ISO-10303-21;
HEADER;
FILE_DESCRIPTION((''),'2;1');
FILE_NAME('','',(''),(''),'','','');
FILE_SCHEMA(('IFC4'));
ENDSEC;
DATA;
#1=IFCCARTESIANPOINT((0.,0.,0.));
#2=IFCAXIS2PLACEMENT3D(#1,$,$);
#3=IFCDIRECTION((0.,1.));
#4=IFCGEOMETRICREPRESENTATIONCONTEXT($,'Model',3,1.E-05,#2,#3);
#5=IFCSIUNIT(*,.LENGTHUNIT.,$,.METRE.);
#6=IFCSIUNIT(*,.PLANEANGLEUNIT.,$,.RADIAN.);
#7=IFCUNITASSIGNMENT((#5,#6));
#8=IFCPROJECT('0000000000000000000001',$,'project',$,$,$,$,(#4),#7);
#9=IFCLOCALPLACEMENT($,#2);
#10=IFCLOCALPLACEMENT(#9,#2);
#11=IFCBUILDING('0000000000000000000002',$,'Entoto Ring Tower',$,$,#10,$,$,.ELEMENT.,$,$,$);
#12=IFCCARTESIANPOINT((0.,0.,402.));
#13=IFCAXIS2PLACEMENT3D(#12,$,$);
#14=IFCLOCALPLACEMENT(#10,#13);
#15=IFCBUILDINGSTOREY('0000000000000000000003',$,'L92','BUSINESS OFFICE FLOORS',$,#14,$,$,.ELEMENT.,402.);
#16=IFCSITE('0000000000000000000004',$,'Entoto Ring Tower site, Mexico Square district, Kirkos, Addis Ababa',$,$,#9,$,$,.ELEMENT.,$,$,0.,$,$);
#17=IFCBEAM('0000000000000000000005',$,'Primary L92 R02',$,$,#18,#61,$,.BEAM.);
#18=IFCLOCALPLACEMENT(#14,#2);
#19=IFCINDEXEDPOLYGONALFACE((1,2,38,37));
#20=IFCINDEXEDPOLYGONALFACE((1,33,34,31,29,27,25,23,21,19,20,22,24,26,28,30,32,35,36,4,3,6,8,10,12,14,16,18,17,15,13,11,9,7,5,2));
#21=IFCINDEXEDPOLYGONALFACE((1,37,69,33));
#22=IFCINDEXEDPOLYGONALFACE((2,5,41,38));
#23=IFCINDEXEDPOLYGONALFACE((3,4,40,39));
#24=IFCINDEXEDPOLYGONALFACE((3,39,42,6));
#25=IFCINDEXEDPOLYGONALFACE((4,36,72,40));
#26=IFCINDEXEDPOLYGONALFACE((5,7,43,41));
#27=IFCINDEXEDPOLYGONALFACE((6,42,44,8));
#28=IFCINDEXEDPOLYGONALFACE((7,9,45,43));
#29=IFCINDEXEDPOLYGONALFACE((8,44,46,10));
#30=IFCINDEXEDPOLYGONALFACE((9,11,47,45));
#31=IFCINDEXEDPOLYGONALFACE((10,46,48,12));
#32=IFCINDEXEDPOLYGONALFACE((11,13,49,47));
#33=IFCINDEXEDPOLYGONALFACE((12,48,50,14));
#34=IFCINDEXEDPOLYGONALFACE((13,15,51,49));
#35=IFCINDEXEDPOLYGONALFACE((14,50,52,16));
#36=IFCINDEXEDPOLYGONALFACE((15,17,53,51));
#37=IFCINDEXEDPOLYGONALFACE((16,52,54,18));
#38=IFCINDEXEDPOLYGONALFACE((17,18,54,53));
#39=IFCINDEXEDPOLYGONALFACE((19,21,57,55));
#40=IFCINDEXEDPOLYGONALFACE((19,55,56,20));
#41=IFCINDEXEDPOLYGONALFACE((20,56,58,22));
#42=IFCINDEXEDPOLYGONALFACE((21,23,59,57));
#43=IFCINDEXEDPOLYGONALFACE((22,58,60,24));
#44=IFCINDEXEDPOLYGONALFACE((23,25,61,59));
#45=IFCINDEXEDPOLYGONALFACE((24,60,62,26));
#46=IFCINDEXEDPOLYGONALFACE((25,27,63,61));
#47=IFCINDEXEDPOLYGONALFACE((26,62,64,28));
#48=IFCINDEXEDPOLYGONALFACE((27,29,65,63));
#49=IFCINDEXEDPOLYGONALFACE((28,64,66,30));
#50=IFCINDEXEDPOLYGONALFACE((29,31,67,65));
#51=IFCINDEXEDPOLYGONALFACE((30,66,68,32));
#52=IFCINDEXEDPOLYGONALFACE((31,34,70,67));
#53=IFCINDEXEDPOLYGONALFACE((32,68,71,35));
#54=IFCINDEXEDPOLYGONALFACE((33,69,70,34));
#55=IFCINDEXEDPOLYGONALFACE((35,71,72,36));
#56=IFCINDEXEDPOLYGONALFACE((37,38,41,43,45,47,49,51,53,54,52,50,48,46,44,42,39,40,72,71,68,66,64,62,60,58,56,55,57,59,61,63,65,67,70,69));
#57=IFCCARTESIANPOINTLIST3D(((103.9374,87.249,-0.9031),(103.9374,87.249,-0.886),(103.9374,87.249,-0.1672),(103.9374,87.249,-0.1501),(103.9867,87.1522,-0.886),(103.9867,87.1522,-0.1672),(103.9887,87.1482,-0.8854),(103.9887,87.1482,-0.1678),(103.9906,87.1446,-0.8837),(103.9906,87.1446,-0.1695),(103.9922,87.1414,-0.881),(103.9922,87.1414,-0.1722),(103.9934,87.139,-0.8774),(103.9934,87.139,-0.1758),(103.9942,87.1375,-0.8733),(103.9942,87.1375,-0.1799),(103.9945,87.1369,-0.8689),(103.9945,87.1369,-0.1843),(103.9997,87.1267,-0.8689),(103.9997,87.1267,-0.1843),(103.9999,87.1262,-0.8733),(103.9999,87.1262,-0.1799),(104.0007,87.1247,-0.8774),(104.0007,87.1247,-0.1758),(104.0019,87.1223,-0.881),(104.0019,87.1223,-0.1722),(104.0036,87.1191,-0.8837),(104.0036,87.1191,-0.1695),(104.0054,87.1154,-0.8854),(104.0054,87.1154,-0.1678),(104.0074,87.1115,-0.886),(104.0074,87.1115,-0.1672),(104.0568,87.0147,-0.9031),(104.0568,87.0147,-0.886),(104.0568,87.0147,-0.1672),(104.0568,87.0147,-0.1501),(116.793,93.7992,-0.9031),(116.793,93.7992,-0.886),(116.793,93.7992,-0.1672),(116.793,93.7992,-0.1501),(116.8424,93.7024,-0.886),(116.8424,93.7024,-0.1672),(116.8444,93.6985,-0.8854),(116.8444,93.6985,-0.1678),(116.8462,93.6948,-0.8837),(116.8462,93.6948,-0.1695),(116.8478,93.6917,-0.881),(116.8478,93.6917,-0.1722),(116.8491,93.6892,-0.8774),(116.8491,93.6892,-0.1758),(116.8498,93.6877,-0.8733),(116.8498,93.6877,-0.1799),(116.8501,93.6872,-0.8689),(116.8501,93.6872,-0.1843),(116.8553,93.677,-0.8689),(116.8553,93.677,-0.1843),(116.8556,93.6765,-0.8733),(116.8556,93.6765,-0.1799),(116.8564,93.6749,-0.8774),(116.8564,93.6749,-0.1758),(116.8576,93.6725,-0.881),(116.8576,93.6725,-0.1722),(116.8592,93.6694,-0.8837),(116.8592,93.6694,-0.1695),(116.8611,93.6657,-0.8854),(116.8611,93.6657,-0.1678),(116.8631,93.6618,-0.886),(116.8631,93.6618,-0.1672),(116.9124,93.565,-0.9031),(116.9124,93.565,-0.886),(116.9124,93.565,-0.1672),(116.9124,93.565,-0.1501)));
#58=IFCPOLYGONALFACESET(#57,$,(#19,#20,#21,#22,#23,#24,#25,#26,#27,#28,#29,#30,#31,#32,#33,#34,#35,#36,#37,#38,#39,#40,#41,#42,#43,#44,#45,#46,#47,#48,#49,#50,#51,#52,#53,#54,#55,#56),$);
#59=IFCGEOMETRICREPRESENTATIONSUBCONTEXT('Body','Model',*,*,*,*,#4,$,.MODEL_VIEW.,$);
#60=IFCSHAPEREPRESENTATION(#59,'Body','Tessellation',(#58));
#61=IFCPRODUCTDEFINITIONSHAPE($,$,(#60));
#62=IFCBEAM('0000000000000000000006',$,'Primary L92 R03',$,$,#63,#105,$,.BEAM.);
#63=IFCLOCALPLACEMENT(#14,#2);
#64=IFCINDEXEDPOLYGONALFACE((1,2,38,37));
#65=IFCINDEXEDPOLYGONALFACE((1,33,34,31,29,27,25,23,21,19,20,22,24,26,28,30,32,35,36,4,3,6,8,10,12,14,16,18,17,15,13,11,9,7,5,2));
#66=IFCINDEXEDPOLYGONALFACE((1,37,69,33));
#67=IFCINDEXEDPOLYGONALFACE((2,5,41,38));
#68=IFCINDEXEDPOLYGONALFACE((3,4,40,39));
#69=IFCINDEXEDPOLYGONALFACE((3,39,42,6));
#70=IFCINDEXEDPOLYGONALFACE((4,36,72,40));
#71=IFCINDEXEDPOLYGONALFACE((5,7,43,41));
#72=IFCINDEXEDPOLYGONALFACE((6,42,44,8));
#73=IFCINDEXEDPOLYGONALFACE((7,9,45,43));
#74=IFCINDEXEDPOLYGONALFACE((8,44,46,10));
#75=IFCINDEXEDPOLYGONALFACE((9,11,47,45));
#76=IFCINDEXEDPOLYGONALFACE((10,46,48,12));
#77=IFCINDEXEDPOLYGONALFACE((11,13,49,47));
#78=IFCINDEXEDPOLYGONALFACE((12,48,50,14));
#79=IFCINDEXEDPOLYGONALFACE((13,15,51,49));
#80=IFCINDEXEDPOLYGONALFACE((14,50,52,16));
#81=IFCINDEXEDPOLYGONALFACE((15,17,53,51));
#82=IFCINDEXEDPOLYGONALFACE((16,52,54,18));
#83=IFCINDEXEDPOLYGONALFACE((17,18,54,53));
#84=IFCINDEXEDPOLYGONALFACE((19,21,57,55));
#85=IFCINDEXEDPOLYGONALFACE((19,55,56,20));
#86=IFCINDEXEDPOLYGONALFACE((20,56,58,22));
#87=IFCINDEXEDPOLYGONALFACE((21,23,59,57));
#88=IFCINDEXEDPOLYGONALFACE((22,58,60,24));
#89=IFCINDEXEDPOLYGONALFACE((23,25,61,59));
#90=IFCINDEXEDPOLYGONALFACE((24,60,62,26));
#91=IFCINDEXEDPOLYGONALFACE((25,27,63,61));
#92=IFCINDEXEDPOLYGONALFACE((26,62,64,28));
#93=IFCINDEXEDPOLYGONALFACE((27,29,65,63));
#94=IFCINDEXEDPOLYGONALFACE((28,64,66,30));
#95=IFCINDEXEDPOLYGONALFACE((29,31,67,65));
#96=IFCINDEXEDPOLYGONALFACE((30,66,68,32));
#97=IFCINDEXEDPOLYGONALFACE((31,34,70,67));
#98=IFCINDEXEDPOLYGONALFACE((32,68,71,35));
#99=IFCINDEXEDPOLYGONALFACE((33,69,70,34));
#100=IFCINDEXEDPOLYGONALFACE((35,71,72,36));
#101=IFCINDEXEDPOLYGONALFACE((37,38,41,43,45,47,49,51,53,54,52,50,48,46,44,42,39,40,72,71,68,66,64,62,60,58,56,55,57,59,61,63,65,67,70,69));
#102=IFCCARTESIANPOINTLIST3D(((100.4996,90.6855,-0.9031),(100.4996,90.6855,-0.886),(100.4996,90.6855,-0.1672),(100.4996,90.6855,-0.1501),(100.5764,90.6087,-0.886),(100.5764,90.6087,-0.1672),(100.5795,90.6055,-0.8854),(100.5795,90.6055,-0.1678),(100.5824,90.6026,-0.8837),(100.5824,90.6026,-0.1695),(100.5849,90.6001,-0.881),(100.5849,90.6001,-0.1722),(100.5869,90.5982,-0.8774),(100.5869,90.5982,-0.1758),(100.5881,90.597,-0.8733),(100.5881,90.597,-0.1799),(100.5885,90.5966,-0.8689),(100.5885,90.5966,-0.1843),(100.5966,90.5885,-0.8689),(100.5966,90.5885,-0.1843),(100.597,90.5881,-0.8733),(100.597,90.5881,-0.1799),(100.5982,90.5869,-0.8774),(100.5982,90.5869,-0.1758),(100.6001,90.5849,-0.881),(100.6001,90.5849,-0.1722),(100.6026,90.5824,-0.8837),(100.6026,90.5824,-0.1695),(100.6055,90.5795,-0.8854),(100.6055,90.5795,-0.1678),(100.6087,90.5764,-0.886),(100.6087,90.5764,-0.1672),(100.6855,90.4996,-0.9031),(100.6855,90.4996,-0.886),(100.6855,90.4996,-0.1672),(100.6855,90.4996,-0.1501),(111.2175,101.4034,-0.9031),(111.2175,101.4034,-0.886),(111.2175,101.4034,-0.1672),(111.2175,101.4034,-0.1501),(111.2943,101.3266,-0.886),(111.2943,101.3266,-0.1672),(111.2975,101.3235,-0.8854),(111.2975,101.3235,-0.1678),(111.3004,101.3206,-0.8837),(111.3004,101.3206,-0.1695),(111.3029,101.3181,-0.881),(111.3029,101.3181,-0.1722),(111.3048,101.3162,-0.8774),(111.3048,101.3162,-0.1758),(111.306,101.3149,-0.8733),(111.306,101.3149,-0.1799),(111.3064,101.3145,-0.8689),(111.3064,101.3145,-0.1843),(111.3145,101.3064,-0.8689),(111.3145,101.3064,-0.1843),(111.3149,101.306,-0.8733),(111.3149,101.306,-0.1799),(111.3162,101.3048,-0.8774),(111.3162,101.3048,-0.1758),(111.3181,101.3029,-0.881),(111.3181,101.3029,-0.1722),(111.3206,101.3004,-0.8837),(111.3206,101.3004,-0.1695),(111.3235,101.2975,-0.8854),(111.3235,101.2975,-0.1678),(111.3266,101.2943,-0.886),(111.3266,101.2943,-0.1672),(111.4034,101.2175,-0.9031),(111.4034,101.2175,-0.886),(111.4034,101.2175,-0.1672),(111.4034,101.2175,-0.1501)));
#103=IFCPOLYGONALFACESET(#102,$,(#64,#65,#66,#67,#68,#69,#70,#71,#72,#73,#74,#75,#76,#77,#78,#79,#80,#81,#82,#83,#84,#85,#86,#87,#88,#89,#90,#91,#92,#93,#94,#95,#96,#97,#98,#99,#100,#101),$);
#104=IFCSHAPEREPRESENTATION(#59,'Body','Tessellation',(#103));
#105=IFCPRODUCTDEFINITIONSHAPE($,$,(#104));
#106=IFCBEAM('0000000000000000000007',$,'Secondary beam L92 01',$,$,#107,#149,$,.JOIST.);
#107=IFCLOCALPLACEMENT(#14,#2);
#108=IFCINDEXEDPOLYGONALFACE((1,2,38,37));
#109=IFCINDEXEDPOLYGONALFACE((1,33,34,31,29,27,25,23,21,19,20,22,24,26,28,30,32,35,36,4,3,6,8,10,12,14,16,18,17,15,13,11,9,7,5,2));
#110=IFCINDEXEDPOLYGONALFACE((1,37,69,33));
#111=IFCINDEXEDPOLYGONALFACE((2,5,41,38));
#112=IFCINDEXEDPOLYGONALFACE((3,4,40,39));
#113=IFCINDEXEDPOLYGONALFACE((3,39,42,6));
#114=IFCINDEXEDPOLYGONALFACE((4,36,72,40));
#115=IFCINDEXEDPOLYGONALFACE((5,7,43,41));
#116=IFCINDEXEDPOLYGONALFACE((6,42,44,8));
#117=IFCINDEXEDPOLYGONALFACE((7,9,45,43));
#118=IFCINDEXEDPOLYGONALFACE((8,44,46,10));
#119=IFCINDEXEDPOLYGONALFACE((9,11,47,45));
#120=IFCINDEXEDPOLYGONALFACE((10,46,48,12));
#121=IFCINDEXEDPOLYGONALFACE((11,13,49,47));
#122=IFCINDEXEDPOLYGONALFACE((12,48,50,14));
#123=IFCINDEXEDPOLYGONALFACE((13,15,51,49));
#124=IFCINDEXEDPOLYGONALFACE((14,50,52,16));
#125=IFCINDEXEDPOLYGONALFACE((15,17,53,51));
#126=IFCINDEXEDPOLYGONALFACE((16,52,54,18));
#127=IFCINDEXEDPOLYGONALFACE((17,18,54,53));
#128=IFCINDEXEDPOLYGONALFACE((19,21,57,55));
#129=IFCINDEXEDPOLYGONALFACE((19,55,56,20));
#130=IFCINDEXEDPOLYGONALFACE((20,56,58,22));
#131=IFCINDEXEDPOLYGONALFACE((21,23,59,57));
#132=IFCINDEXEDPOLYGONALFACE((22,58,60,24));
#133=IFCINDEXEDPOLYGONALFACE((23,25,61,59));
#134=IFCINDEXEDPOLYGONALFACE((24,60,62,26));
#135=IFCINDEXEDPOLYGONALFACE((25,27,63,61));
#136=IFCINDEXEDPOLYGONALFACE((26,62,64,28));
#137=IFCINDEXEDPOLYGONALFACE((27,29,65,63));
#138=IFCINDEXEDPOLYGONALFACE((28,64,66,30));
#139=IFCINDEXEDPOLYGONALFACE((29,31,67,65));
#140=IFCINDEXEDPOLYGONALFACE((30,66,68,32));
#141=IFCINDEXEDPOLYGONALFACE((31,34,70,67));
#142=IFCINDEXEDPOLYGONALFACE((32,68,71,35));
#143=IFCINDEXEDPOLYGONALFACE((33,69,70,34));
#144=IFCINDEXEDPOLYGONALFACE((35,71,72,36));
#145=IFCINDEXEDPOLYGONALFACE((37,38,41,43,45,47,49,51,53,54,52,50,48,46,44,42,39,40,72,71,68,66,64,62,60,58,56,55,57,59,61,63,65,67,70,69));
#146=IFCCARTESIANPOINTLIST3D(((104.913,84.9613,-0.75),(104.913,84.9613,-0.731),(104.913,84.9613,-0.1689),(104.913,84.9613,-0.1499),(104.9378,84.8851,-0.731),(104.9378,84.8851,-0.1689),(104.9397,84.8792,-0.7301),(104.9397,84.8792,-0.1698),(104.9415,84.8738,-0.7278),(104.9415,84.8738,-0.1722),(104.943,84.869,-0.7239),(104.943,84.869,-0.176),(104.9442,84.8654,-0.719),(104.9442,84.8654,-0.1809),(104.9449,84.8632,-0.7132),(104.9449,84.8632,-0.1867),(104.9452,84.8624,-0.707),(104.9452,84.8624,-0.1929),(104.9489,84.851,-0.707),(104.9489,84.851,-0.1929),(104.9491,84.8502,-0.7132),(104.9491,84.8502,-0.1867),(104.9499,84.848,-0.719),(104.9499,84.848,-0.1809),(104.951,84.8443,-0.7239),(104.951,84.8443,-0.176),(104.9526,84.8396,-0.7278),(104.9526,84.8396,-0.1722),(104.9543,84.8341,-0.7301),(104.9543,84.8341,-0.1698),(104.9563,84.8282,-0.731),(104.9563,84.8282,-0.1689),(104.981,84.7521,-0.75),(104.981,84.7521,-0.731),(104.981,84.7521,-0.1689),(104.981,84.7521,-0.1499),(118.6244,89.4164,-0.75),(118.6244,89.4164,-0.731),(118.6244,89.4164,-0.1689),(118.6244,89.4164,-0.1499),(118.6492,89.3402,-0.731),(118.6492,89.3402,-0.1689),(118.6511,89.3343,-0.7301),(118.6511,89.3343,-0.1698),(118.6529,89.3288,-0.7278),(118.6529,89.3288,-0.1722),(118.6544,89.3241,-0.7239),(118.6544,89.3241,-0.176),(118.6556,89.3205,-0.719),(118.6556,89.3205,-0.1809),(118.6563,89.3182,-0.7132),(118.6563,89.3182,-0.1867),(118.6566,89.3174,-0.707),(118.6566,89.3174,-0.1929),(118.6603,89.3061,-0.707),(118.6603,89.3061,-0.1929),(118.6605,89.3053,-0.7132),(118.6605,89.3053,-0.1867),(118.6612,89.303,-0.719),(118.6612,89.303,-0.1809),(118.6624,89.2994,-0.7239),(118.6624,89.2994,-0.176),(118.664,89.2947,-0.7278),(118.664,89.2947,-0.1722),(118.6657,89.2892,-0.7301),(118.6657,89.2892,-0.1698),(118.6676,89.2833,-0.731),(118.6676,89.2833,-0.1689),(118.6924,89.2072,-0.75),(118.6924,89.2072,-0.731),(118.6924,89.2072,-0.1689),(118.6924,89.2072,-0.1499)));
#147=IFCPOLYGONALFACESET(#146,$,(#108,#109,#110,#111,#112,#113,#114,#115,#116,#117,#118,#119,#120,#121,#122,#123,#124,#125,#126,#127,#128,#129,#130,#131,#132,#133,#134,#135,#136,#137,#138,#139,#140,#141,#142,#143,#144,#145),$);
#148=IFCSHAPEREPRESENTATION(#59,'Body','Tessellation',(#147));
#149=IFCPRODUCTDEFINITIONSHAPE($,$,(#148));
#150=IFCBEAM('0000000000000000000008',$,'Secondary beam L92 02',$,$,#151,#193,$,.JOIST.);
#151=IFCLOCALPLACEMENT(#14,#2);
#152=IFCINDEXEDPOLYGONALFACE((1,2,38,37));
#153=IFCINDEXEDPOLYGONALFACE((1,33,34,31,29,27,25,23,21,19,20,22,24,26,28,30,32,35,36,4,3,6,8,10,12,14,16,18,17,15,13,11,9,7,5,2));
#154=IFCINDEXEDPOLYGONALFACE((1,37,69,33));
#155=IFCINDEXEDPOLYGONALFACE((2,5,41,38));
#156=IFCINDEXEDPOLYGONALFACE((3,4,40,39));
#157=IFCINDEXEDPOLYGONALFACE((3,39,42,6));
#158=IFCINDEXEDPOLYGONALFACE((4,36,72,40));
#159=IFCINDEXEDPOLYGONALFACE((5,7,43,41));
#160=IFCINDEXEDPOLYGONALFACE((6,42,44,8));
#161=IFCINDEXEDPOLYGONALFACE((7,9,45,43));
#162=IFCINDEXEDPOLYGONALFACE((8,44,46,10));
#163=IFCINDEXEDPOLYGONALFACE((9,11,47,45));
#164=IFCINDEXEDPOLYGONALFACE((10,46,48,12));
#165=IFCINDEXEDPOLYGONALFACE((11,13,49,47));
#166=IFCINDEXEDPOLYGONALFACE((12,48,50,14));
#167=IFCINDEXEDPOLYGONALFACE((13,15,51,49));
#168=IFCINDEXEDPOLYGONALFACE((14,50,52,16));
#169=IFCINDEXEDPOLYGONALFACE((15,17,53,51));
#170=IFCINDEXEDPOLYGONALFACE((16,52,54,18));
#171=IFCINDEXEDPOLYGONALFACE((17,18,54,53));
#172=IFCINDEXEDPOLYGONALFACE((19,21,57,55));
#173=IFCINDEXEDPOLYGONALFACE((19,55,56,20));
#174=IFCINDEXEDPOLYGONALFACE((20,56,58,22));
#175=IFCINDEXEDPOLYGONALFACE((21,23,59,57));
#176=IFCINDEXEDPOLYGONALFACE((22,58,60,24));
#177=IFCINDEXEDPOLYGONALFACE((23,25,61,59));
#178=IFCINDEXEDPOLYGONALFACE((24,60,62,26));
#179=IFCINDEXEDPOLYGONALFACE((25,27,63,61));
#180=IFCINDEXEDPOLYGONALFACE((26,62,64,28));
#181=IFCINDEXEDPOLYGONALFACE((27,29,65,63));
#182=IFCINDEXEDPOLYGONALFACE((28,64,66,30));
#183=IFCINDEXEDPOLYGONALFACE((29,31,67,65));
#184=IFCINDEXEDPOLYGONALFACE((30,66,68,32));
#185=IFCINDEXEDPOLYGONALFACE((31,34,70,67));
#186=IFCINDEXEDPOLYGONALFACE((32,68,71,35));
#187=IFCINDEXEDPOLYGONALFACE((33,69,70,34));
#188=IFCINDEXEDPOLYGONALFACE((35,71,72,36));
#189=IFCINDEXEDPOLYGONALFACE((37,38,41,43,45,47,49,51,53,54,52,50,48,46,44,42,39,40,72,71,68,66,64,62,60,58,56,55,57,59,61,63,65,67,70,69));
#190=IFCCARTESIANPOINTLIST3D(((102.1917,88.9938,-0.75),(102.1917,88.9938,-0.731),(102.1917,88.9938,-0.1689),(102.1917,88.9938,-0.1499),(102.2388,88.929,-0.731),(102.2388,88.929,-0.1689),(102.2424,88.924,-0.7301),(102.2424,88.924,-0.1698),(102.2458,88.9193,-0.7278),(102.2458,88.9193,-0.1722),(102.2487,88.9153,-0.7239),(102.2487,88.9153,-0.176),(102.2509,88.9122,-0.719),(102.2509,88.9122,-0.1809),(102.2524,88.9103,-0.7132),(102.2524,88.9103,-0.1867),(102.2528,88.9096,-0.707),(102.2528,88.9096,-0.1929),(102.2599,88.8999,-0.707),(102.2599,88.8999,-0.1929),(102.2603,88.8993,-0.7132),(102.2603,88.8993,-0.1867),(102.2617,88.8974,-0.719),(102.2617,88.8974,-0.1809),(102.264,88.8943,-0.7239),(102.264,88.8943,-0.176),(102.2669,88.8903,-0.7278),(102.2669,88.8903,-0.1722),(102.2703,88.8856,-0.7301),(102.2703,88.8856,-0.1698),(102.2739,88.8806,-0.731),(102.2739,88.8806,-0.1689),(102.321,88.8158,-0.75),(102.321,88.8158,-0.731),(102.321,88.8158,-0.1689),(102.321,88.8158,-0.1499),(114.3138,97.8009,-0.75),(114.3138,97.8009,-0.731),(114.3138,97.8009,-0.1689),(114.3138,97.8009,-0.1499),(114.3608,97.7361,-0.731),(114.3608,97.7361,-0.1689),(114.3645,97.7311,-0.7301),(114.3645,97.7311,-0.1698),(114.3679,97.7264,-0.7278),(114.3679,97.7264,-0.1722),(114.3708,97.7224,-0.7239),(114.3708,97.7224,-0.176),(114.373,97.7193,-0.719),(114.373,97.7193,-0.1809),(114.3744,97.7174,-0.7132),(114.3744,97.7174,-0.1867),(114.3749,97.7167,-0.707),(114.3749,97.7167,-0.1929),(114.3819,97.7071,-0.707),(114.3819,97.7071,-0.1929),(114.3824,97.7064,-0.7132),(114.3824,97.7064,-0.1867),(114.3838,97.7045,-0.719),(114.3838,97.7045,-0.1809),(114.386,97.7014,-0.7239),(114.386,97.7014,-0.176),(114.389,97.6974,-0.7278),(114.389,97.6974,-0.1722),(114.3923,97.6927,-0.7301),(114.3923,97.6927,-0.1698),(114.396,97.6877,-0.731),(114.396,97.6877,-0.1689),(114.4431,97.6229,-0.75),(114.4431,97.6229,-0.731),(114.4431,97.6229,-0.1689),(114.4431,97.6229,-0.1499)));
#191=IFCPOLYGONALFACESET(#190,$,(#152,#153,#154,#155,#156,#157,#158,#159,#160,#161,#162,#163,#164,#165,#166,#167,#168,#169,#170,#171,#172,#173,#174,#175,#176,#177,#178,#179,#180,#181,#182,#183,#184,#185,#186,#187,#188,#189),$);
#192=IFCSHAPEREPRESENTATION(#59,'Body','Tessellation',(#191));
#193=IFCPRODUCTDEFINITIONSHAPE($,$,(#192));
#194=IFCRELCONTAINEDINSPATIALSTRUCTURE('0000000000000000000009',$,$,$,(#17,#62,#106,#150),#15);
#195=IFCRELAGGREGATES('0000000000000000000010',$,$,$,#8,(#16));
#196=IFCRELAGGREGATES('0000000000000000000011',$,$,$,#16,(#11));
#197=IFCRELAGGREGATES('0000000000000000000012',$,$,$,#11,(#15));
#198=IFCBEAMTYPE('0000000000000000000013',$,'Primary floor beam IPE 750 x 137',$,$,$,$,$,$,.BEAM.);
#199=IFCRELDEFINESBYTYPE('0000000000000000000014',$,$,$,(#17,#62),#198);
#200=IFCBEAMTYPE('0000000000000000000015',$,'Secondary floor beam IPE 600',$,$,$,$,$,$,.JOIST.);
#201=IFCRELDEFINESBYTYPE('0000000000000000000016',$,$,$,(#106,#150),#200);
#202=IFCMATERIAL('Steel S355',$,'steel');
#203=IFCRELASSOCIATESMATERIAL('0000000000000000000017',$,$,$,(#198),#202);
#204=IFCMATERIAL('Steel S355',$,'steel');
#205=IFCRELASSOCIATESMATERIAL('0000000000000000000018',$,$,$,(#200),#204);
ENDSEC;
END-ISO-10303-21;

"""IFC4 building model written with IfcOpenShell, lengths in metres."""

from ifc_helpers import new_model, si_unit, direction, frame, origin, origin_2d, place, context, subcontext, project, spatial, i_section, extrude, material, material_profile, profile_set, type_object, element, save


model = new_model("IFC4")

# Units and contexts
model_context = context("Model", 3, precision=1e-05, world=origin(), true_north=direction((0.0, 1.0)))
body_context = subcontext(model_context, "Body", "Model", "MODEL_VIEW")
ifc_project = project(units=[si_unit("LENGTHUNIT", "METRE"), si_unit("PLANEANGLEUNIT", "RADIAN")], contexts=[model_context])

# Site, building, storey
site_placement = place(None, origin())
site = spatial("IfcSite", under=ifc_project, at=site_placement, Name="Entoto Ring Tower site, Mexico Square district, Kirkos, Addis Ababa", CompositionType="ELEMENT", RefElevation=0.0)
building_placement = place(site_placement, origin())
building = spatial("IfcBuilding", under=site, at=building_placement, Name="Entoto Ring Tower", CompositionType="ELEMENT")
storey_placement = place(building_placement, frame((0.0, 0.0, 402.0)))
storey = spatial("IfcBuildingStorey", under=building, at=storey_placement, Name="L92", Description="BUSINESS OFFICE FLOORS", CompositionType="ELEMENT", Elevation=402.0)

# Beams
ifc_material_1 = material(Name="Steel S355", Category="steel")
ifc_material_profile_1 = material_profile(ifc_material_1, i_section(OverallWidth=0.2629, OverallDepth=0.7529, WebThickness=0.0115, FlangeThickness=0.0171, FilletRadius=0.0171, at=origin_2d()), Name="IPE 750 x 137")
ifc_profile_set_1 = profile_set([ifc_material_profile_1], Name="Steel S355")
beam_type_1 = type_object("IfcBeamType", Name="Primary floor beam IPE 750 x 137", PredefinedType="BEAM", material=ifc_profile_set_1)
beam_1_placement = place(storey_placement, frame((103.9971, 87.1318, -0.5266), z_axis=(0.891007, 0.453989, 0.0), x_axis=(-0.453989, 0.891007, 0.0)))
element("IfcBeam", 1, at=beam_1_placement, inside=storey, type_object=beam_type_1, Name="Primary L92 R02", PredefinedType="BEAM", context=body_context, shape_type="SweptSolid", body=[
    extrude(i_section(OverallWidth=0.2629, OverallDepth=0.7529, WebThickness=0.0115, FlangeThickness=0.0171, FilletRadius=0.0171, at=origin_2d()), origin(), (0.0, 0.0, 1.0), 14.4282),
])
beam_2_placement = place(storey_placement, frame((100.5925, 90.5925, -0.5266), z_axis=(0.707107, 0.707107, 0.0), x_axis=(-0.707107, 0.707107, 0.0)))
element("IfcBeam", 2, at=beam_2_placement, inside=storey, type_object=beam_type_1, Name="Primary L92 R03", PredefinedType="BEAM", context=body_context, shape_type="SweptSolid", body=[
    extrude(i_section(OverallWidth=0.2629, OverallDepth=0.7529, WebThickness=0.0115, FlangeThickness=0.0171, FilletRadius=0.0171, at=origin_2d()), origin(), (0.0, 0.0, 1.0), 15.1575),
])
ifc_material_2 = material(Name="Steel S355", Category="steel")
ifc_material_profile_2 = material_profile(ifc_material_2, i_section(OverallWidth=0.22, OverallDepth=0.6001, WebThickness=0.012, FlangeThickness=0.019, FilletRadius=0.0239, at=origin_2d()), Name="IPE 600")
ifc_profile_set_2 = profile_set([ifc_material_profile_2], Name="Steel S355")
beam_type_2 = type_object("IfcBeamType", Name="Secondary floor beam IPE 600", PredefinedType="JOIST", material=ifc_profile_set_2)
beam_3_placement = place(storey_placement, frame((104.947, 84.8567, -0.45), z_axis=(0.951057, 0.309015, 0.0), x_axis=(-0.309015, 0.951057, 0.0)))
element("IfcBeam", 3, at=beam_3_placement, inside=storey, type_object=beam_type_2, Name="Secondary beam L92 01", PredefinedType="JOIST", context=body_context, shape_type="SweptSolid", body=[
    extrude(i_section(OverallWidth=0.22, OverallDepth=0.6001, WebThickness=0.012, FlangeThickness=0.019, FilletRadius=0.0239, at=origin_2d()), origin(), (0.0, 0.0, 1.0), 14.417),
])
beam_4_placement = place(storey_placement, frame((102.2563, 88.9048, -0.45), z_axis=(0.809019, 0.587782, 0.0), x_axis=(-0.587782, 0.809019, 0.0)))
element("IfcBeam", 4, at=beam_4_placement, inside=storey, type_object=beam_type_2, Name="Secondary beam L92 02", PredefinedType="JOIST", context=body_context, shape_type="SweptSolid", body=[
    extrude(i_section(OverallWidth=0.22, OverallDepth=0.6001, WebThickness=0.012, FlangeThickness=0.019, FilletRadius=0.0239, at=origin_2d()), origin(), (0.0, 0.0, 1.0), 14.9836),
])

save(model, "model.ifc")
